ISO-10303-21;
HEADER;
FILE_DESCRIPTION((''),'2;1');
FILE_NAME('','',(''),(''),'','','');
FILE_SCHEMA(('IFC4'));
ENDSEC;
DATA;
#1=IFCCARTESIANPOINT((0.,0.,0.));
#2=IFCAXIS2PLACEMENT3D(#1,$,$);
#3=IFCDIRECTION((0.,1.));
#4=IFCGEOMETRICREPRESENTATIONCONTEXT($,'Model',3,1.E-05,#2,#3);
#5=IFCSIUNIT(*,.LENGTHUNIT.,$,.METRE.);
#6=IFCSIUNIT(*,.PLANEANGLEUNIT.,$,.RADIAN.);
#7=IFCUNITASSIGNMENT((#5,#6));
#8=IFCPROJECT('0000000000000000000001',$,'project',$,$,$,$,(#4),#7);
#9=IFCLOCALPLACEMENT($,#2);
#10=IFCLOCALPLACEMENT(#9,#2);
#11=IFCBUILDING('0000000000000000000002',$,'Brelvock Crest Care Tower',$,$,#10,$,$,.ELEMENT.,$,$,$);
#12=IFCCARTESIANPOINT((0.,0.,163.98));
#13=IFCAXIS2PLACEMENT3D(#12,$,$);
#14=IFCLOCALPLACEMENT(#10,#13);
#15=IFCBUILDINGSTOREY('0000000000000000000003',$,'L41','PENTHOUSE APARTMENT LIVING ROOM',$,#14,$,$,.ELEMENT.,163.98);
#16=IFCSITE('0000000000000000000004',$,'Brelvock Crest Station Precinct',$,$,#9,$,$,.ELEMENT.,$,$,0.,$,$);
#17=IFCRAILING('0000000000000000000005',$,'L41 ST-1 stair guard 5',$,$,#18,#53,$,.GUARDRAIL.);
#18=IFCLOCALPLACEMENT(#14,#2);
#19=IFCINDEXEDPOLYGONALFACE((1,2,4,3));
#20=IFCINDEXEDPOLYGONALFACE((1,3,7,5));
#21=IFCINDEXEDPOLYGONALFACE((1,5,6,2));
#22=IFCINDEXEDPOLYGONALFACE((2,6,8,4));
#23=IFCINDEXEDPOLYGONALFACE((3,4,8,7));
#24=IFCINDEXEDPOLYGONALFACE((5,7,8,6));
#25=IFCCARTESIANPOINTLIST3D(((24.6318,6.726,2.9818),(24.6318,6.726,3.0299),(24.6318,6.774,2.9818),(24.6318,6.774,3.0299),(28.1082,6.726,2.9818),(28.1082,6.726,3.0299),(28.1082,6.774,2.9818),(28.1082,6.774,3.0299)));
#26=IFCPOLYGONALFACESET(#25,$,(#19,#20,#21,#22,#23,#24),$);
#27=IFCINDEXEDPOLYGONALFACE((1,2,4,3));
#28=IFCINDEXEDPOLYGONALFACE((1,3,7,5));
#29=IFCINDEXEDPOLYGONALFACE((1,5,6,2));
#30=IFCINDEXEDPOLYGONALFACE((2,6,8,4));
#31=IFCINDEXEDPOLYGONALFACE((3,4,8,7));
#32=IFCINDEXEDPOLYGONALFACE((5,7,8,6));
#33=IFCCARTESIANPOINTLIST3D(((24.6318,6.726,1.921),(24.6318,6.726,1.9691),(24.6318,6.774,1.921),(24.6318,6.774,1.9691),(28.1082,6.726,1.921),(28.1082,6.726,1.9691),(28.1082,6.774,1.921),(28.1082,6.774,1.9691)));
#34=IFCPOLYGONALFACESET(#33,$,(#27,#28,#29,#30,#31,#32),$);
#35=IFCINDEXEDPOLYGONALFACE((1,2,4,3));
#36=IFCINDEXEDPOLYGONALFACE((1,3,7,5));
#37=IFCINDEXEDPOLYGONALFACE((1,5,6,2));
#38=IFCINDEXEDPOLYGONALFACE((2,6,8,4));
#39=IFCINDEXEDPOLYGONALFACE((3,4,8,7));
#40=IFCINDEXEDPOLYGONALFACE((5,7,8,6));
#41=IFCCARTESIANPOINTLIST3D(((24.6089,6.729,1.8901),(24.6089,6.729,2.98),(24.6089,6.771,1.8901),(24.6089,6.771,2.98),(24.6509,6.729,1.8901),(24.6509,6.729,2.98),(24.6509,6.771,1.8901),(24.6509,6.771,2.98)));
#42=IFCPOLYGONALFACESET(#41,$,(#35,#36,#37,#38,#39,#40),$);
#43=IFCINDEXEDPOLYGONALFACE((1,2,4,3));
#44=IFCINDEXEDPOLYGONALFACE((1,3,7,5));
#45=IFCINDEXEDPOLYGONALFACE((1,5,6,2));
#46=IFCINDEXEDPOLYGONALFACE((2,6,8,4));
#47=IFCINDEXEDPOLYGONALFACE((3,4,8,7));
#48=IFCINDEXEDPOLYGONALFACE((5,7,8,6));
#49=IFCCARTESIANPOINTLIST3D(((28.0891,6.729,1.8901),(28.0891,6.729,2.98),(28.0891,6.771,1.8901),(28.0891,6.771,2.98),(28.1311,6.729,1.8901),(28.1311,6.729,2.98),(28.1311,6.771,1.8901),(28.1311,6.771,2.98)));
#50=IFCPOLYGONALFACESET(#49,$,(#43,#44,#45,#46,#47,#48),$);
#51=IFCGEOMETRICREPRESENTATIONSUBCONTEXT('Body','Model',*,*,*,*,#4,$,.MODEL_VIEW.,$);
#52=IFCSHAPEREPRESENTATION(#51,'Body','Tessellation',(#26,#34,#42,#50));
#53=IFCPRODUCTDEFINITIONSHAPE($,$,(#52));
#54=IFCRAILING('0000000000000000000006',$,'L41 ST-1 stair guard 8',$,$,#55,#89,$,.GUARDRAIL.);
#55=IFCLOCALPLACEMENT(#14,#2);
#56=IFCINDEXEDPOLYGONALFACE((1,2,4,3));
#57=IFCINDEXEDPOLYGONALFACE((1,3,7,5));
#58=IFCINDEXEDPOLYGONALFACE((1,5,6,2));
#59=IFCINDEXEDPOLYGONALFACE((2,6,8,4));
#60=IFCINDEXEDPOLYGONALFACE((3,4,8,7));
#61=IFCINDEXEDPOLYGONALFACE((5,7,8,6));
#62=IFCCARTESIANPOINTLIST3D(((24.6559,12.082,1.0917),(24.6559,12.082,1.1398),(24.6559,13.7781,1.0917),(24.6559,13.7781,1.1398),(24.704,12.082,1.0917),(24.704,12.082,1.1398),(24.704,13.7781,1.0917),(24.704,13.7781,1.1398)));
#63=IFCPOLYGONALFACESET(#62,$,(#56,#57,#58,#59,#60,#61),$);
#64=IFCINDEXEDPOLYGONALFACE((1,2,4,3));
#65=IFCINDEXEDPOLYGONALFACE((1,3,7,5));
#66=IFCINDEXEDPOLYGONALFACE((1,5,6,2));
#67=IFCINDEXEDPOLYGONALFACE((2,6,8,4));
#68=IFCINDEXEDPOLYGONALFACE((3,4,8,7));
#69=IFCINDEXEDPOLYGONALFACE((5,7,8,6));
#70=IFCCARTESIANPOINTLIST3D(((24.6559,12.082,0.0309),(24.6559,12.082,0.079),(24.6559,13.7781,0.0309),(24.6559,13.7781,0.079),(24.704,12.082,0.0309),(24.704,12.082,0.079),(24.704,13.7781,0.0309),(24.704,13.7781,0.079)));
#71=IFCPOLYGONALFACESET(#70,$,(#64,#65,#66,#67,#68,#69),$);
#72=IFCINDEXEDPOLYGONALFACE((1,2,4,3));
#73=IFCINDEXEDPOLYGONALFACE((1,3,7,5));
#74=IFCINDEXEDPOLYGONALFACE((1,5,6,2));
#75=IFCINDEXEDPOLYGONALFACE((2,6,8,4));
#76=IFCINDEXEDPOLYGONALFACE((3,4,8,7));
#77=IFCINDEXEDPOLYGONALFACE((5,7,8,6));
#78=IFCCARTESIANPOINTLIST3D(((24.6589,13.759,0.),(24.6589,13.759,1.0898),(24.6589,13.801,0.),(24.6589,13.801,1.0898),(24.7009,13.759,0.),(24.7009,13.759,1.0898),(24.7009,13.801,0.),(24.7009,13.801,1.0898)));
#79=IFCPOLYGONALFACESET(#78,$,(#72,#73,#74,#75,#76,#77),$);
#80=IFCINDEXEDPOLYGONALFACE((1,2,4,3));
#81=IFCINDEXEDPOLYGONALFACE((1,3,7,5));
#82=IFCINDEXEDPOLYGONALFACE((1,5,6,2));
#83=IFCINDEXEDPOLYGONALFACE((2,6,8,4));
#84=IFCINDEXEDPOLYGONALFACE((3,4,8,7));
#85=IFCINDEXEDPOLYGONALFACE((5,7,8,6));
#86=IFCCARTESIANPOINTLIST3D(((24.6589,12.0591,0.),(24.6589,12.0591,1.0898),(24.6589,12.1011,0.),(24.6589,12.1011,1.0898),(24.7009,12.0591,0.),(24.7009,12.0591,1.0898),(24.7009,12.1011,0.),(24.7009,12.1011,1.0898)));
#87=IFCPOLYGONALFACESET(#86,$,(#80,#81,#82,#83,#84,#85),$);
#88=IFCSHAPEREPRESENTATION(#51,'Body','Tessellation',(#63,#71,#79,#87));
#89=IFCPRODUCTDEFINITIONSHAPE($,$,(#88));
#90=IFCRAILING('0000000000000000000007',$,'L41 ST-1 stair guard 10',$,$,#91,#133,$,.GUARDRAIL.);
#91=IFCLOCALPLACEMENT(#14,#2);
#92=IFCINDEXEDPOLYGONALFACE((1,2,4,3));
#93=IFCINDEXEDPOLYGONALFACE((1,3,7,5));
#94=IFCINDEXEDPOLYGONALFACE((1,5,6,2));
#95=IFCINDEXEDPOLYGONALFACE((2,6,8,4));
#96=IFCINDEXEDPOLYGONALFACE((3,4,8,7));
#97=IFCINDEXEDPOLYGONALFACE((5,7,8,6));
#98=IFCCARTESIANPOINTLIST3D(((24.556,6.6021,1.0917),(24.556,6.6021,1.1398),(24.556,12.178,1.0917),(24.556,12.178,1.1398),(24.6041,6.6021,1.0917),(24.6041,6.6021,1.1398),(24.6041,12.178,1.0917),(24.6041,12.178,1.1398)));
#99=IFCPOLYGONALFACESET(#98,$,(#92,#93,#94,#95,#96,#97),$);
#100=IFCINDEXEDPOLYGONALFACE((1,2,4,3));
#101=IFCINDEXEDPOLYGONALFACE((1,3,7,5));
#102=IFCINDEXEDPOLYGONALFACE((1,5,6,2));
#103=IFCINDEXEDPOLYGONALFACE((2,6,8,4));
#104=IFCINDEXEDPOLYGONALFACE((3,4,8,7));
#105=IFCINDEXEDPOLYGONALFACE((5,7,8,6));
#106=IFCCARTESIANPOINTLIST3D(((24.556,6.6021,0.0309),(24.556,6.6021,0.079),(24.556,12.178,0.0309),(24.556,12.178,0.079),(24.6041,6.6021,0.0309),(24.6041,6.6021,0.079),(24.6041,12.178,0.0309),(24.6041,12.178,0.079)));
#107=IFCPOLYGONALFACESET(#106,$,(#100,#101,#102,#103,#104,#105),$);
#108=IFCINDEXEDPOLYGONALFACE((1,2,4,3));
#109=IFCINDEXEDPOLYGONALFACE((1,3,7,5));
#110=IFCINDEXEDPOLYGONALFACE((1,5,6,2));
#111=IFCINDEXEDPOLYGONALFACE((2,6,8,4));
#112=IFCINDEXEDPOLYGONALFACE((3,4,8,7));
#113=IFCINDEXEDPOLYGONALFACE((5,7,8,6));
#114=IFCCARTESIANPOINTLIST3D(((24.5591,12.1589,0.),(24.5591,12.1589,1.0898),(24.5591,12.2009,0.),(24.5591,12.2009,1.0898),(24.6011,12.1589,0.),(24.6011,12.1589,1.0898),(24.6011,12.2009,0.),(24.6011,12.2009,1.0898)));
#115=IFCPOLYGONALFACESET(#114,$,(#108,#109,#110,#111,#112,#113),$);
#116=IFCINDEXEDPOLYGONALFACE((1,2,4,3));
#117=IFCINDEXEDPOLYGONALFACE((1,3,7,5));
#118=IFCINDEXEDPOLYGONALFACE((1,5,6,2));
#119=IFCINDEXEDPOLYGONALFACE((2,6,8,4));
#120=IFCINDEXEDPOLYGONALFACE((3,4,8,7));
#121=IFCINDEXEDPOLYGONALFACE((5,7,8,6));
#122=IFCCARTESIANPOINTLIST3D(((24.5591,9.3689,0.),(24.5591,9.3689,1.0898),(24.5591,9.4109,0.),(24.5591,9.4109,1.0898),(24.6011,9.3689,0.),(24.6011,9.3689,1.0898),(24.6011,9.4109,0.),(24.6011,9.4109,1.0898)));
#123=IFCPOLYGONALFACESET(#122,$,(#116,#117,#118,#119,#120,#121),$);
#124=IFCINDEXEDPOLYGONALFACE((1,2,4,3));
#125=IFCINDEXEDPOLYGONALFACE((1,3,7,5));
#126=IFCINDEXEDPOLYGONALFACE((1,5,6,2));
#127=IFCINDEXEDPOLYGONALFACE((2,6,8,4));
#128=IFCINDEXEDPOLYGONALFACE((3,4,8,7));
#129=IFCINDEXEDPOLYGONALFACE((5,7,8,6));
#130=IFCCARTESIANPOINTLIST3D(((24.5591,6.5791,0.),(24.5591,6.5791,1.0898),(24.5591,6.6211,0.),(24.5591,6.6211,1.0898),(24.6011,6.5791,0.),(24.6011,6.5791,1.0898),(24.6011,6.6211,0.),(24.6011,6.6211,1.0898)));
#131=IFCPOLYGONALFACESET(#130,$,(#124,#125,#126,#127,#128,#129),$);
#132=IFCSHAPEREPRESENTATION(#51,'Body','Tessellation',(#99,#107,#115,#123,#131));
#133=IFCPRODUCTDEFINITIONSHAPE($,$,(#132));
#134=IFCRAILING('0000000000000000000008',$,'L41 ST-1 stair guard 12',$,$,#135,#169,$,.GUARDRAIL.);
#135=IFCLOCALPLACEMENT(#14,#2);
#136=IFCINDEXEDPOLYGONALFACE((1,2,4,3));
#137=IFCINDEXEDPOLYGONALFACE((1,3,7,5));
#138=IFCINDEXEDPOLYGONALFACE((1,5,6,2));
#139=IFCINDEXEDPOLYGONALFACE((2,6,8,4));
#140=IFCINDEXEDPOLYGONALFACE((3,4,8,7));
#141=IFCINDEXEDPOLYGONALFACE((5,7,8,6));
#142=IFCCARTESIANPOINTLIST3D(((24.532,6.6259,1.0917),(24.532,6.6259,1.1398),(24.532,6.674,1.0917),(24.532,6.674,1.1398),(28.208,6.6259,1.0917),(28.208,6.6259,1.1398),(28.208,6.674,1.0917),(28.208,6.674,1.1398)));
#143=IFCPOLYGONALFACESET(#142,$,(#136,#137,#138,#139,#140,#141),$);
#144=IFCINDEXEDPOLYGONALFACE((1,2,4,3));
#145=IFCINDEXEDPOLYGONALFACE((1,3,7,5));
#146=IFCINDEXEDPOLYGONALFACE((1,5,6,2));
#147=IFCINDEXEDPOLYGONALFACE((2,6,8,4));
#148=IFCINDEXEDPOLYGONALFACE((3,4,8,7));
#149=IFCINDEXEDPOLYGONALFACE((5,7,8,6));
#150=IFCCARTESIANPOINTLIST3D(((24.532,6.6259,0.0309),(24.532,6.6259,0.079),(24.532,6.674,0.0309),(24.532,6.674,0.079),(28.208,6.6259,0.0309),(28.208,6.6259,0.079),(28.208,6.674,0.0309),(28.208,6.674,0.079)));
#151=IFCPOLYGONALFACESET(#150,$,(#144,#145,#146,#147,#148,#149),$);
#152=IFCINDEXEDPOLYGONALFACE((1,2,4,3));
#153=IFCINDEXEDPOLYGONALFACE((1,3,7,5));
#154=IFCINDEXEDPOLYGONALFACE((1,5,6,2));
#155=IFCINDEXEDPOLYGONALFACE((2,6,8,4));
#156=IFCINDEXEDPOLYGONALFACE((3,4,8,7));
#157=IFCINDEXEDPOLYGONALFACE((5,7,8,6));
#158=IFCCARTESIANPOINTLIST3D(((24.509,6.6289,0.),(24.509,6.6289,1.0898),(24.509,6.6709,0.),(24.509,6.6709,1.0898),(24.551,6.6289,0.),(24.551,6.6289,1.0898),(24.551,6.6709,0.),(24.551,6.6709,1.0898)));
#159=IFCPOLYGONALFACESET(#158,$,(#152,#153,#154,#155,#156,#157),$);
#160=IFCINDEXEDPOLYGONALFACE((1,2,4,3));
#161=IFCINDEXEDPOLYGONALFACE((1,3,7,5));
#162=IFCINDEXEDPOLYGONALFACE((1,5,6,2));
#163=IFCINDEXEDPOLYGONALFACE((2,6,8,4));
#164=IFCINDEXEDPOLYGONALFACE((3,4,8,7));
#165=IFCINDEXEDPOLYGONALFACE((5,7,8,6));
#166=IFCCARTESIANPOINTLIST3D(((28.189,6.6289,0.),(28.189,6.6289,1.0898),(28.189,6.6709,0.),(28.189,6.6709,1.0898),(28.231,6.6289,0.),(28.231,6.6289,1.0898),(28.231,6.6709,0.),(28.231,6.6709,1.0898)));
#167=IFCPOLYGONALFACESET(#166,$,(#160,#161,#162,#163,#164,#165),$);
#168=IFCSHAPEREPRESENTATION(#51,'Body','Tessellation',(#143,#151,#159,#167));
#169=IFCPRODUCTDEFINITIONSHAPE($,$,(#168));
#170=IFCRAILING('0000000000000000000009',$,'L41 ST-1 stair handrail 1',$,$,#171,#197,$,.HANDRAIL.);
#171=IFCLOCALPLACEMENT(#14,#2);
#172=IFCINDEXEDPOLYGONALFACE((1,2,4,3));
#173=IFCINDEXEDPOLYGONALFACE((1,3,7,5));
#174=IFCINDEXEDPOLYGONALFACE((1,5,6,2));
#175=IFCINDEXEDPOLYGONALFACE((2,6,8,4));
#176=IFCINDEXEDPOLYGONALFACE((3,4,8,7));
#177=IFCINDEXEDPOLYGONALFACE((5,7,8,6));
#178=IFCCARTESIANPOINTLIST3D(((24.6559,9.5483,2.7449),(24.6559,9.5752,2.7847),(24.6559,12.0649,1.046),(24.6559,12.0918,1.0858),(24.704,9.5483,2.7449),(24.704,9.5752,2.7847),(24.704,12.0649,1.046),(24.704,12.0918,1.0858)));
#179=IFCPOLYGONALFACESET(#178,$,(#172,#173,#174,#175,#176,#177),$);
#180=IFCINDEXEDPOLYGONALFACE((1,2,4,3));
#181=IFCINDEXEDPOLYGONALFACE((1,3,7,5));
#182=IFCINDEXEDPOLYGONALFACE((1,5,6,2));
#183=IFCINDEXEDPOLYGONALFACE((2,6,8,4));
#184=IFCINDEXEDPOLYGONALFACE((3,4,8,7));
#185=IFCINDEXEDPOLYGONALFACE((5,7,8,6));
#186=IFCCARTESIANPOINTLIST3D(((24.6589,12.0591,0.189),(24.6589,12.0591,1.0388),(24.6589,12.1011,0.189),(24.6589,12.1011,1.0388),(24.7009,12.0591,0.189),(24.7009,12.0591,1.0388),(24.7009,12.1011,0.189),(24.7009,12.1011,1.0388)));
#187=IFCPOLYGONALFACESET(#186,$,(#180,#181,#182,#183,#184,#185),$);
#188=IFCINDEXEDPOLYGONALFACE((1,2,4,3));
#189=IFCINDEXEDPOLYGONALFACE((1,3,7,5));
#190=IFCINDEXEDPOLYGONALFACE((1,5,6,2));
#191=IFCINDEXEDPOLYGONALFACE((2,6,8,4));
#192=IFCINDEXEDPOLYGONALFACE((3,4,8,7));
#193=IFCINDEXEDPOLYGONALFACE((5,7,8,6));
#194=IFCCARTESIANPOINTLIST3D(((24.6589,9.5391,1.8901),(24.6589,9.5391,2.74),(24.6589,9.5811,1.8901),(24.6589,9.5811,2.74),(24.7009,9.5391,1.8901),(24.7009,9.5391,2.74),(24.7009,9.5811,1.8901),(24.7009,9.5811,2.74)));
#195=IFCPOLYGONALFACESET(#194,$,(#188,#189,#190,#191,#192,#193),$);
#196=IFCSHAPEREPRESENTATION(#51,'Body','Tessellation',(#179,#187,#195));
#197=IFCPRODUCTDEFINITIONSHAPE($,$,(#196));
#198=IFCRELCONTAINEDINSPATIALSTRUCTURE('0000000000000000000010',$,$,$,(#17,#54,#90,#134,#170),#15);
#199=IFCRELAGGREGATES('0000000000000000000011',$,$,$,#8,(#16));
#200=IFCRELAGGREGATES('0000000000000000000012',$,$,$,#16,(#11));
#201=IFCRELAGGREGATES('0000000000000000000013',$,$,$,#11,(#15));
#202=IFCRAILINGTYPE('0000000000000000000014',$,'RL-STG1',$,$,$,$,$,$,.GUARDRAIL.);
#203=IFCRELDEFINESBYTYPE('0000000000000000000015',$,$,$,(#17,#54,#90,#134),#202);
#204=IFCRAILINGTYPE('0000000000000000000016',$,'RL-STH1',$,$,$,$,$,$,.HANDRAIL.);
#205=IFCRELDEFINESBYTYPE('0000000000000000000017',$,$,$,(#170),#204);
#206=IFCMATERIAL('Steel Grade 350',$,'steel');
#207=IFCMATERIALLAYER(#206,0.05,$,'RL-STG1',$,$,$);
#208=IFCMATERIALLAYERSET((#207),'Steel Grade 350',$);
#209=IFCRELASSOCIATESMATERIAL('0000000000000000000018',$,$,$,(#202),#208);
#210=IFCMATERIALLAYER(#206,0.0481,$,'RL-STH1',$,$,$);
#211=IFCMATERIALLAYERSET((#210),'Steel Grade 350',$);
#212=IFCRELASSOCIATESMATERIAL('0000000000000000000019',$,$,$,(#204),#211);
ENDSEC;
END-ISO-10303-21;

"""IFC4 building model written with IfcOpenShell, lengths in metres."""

from ifc_helpers import new_model, si_unit, direction, frame, origin, origin_2d, place, context, subcontext, project, spatial, rectangle, extrude, material, layer, layer_set, type_object, element, save


model = new_model("IFC4")

# Units and contexts
model_context = context("Model", 3, precision=1e-05, world=origin(), true_north=direction((0.0, 1.0)))
body_context = subcontext(model_context, "Body", "Model", "MODEL_VIEW")
ifc_project = project(units=[si_unit("LENGTHUNIT", "METRE"), si_unit("PLANEANGLEUNIT", "RADIAN")], contexts=[model_context])

# Site, building, storey
site_placement = place(None, origin())
site = spatial("IfcSite", under=ifc_project, at=site_placement, Name="Brelvock Crest Station Precinct", CompositionType="ELEMENT", RefElevation=0.0)
building_placement = place(site_placement, origin())
building = spatial("IfcBuilding", under=site, at=building_placement, Name="Brelvock Crest Care Tower", CompositionType="ELEMENT")
storey_placement = place(building_placement, frame((0.0, 0.0, 163.98)))
storey = spatial("IfcBuildingStorey", under=building, at=storey_placement, Name="L41", Description="PENTHOUSE APARTMENT LIVING ROOM", CompositionType="ELEMENT", Elevation=163.98)

# Shared definitions
ifc_material_1 = material(Name="Steel Grade 350", Category="steel")

# Railings
ifc_layer_1 = layer(ifc_material_1, 0.05, Name="RL-STG1")
ifc_layer_set_1 = layer_set([ifc_layer_1], Name="Steel Grade 350")
railing_type_1 = type_object("IfcRailingType", Name="RL-STG1", PredefinedType="GUARDRAIL", material=ifc_layer_set_1)
railing_1_placement = place(storey_placement, frame((24.6299, 6.75, 1.8901)))
element("IfcRailing", 1, at=railing_1_placement, inside=storey, type_object=railing_type_1, Name="L41 ST-1 stair guard 5", PredefinedType="GUARDRAIL", context=body_context, shape_type="SweptSolid", body=[
    extrude(rectangle(XDim=0.0481, YDim=0.0481, at=origin_2d()), frame((0.002, 0.0, 1.1157), z_axis=(1.0, 0.0, 0.0), x_axis=(0.0, 1.0, 0.0)), (0.0, 0.0, 1.0), 3.4763),
    extrude(rectangle(XDim=0.0481, YDim=0.0481, at=origin_2d()), frame((0.002, 0.0, 0.0549), z_axis=(1.0, 0.0, 0.0), x_axis=(0.0, 1.0, 0.0)), (0.0, 0.0, 1.0), 3.4763),
    extrude(rectangle(XDim=0.042, YDim=0.042, at=origin_2d()), origin(), (0.0, 0.0, 1.0), 1.0898),
    extrude(rectangle(XDim=0.042, YDim=0.042, at=origin_2d()), frame((3.4802, 0.0, 0.0)), (0.0, 0.0, 1.0), 1.0898),
])
railing_2_placement = place(storey_placement, frame((24.6799, 13.78, 0.0)))
element("IfcRailing", 2, at=railing_2_placement, inside=storey, type_object=railing_type_1, Name="L41 ST-1 stair guard 8", PredefinedType="GUARDRAIL", context=body_context, shape_type="SweptSolid", body=[
    extrude(rectangle(XDim=0.0481, YDim=0.0481, at=origin_2d()), frame((0.0, -0.002, 1.1157), z_axis=(0.0, -1.0, 0.0), x_axis=(1.0, 0.0, 0.0)), (0.0, 0.0, 1.0), 1.696),
    extrude(rectangle(XDim=0.0481, YDim=0.0481, at=origin_2d()), frame((0.0, -0.002, 0.0549), z_axis=(0.0, -1.0, 0.0), x_axis=(1.0, 0.0, 0.0)), (0.0, 0.0, 1.0), 1.696),
    extrude(rectangle(XDim=0.042, YDim=0.042, at=origin_2d()), origin(), (0.0, 0.0, 1.0), 1.0898),
    extrude(rectangle(XDim=0.042, YDim=0.042, at=origin_2d()), frame((0.0, -1.7, 0.0)), (0.0, 0.0, 1.0), 1.0898),
])
railing_3_placement = place(storey_placement, frame((24.5801, 12.1799, 0.0)))
element("IfcRailing", 3, at=railing_3_placement, inside=storey, type_object=railing_type_1, Name="L41 ST-1 stair guard 10", PredefinedType="GUARDRAIL", context=body_context, shape_type="SweptSolid", body=[
    extrude(rectangle(XDim=0.0481, YDim=0.0481, at=origin_2d()), frame((0.0, -0.002, 1.1157), z_axis=(0.0, -1.0, 0.0), x_axis=(1.0, 0.0, 0.0)), (0.0, 0.0, 1.0), 5.5759),
    extrude(rectangle(XDim=0.0481, YDim=0.0481, at=origin_2d()), frame((0.0, -0.002, 0.0549), z_axis=(0.0, -1.0, 0.0), x_axis=(1.0, 0.0, 0.0)), (0.0, 0.0, 1.0), 5.5759),
    extrude(rectangle(XDim=0.042, YDim=0.042, at=origin_2d()), origin(), (0.0, 0.0, 1.0), 1.0898),
    extrude(rectangle(XDim=0.042, YDim=0.042, at=origin_2d()), frame((0.0, -2.79, 0.0)), (0.0, 0.0, 1.0), 1.0898),
    extrude(rectangle(XDim=0.042, YDim=0.042, at=origin_2d()), frame((0.0, -5.5798, 0.0)), (0.0, 0.0, 1.0), 1.0898),
])
railing_4_placement = place(storey_placement, frame((24.53, 6.6499, 0.0)))
element("IfcRailing", 4, at=railing_4_placement, inside=storey, type_object=railing_type_1, Name="L41 ST-1 stair guard 12", PredefinedType="GUARDRAIL", context=body_context, shape_type="SweptSolid", body=[
    extrude(rectangle(XDim=0.0481, YDim=0.0481, at=origin_2d()), frame((0.002, 0.0, 1.1157), z_axis=(1.0, 0.0, 0.0), x_axis=(0.0, 1.0, 0.0)), (0.0, 0.0, 1.0), 3.676),
    extrude(rectangle(XDim=0.0481, YDim=0.0481, at=origin_2d()), frame((0.002, 0.0, 0.0549), z_axis=(1.0, 0.0, 0.0), x_axis=(0.0, 1.0, 0.0)), (0.0, 0.0, 1.0), 3.676),
    extrude(rectangle(XDim=0.042, YDim=0.042, at=origin_2d()), origin(), (0.0, 0.0, 1.0), 1.0898),
    extrude(rectangle(XDim=0.042, YDim=0.042, at=origin_2d()), frame((3.6799, 0.0, 0.0)), (0.0, 0.0, 1.0), 1.0898),
])
ifc_layer_2 = layer(ifc_material_1, 0.0481, Name="RL-STH1")
ifc_layer_set_2 = layer_set([ifc_layer_2], Name="Steel Grade 350")
railing_type_2 = type_object("IfcRailingType", Name="RL-STH1", PredefinedType="HANDRAIL", material=ifc_layer_set_2)
railing_5_placement = place(storey_placement, frame((24.6799, 12.0801, 0.189)))
element("IfcRailing", 5, at=railing_5_placement, inside=storey, type_object=railing_type_2, Name="L41 ST-1 stair handrail 1", PredefinedType="HANDRAIL", context=body_context, shape_type="SweptSolid", body=[
    extrude(rectangle(XDim=0.0481, YDim=0.0481, at=origin_2d()), frame((0.0, -0.0017, 0.877), z_axis=(0.0, -0.828824, 0.559509), x_axis=(1.0, 0.0, 0.0)), (0.0, 0.0, 1.0), 3.0364),
    extrude(rectangle(XDim=0.042, YDim=0.042, at=origin_2d()), origin(), (0.0, 0.0, 1.0), 0.8499),
    extrude(rectangle(XDim=0.042, YDim=0.042, at=origin_2d()), frame((0.0, -2.52, 1.7012)), (0.0, 0.0, 1.0), 0.8499),
])

save(model, "model.ifc")
